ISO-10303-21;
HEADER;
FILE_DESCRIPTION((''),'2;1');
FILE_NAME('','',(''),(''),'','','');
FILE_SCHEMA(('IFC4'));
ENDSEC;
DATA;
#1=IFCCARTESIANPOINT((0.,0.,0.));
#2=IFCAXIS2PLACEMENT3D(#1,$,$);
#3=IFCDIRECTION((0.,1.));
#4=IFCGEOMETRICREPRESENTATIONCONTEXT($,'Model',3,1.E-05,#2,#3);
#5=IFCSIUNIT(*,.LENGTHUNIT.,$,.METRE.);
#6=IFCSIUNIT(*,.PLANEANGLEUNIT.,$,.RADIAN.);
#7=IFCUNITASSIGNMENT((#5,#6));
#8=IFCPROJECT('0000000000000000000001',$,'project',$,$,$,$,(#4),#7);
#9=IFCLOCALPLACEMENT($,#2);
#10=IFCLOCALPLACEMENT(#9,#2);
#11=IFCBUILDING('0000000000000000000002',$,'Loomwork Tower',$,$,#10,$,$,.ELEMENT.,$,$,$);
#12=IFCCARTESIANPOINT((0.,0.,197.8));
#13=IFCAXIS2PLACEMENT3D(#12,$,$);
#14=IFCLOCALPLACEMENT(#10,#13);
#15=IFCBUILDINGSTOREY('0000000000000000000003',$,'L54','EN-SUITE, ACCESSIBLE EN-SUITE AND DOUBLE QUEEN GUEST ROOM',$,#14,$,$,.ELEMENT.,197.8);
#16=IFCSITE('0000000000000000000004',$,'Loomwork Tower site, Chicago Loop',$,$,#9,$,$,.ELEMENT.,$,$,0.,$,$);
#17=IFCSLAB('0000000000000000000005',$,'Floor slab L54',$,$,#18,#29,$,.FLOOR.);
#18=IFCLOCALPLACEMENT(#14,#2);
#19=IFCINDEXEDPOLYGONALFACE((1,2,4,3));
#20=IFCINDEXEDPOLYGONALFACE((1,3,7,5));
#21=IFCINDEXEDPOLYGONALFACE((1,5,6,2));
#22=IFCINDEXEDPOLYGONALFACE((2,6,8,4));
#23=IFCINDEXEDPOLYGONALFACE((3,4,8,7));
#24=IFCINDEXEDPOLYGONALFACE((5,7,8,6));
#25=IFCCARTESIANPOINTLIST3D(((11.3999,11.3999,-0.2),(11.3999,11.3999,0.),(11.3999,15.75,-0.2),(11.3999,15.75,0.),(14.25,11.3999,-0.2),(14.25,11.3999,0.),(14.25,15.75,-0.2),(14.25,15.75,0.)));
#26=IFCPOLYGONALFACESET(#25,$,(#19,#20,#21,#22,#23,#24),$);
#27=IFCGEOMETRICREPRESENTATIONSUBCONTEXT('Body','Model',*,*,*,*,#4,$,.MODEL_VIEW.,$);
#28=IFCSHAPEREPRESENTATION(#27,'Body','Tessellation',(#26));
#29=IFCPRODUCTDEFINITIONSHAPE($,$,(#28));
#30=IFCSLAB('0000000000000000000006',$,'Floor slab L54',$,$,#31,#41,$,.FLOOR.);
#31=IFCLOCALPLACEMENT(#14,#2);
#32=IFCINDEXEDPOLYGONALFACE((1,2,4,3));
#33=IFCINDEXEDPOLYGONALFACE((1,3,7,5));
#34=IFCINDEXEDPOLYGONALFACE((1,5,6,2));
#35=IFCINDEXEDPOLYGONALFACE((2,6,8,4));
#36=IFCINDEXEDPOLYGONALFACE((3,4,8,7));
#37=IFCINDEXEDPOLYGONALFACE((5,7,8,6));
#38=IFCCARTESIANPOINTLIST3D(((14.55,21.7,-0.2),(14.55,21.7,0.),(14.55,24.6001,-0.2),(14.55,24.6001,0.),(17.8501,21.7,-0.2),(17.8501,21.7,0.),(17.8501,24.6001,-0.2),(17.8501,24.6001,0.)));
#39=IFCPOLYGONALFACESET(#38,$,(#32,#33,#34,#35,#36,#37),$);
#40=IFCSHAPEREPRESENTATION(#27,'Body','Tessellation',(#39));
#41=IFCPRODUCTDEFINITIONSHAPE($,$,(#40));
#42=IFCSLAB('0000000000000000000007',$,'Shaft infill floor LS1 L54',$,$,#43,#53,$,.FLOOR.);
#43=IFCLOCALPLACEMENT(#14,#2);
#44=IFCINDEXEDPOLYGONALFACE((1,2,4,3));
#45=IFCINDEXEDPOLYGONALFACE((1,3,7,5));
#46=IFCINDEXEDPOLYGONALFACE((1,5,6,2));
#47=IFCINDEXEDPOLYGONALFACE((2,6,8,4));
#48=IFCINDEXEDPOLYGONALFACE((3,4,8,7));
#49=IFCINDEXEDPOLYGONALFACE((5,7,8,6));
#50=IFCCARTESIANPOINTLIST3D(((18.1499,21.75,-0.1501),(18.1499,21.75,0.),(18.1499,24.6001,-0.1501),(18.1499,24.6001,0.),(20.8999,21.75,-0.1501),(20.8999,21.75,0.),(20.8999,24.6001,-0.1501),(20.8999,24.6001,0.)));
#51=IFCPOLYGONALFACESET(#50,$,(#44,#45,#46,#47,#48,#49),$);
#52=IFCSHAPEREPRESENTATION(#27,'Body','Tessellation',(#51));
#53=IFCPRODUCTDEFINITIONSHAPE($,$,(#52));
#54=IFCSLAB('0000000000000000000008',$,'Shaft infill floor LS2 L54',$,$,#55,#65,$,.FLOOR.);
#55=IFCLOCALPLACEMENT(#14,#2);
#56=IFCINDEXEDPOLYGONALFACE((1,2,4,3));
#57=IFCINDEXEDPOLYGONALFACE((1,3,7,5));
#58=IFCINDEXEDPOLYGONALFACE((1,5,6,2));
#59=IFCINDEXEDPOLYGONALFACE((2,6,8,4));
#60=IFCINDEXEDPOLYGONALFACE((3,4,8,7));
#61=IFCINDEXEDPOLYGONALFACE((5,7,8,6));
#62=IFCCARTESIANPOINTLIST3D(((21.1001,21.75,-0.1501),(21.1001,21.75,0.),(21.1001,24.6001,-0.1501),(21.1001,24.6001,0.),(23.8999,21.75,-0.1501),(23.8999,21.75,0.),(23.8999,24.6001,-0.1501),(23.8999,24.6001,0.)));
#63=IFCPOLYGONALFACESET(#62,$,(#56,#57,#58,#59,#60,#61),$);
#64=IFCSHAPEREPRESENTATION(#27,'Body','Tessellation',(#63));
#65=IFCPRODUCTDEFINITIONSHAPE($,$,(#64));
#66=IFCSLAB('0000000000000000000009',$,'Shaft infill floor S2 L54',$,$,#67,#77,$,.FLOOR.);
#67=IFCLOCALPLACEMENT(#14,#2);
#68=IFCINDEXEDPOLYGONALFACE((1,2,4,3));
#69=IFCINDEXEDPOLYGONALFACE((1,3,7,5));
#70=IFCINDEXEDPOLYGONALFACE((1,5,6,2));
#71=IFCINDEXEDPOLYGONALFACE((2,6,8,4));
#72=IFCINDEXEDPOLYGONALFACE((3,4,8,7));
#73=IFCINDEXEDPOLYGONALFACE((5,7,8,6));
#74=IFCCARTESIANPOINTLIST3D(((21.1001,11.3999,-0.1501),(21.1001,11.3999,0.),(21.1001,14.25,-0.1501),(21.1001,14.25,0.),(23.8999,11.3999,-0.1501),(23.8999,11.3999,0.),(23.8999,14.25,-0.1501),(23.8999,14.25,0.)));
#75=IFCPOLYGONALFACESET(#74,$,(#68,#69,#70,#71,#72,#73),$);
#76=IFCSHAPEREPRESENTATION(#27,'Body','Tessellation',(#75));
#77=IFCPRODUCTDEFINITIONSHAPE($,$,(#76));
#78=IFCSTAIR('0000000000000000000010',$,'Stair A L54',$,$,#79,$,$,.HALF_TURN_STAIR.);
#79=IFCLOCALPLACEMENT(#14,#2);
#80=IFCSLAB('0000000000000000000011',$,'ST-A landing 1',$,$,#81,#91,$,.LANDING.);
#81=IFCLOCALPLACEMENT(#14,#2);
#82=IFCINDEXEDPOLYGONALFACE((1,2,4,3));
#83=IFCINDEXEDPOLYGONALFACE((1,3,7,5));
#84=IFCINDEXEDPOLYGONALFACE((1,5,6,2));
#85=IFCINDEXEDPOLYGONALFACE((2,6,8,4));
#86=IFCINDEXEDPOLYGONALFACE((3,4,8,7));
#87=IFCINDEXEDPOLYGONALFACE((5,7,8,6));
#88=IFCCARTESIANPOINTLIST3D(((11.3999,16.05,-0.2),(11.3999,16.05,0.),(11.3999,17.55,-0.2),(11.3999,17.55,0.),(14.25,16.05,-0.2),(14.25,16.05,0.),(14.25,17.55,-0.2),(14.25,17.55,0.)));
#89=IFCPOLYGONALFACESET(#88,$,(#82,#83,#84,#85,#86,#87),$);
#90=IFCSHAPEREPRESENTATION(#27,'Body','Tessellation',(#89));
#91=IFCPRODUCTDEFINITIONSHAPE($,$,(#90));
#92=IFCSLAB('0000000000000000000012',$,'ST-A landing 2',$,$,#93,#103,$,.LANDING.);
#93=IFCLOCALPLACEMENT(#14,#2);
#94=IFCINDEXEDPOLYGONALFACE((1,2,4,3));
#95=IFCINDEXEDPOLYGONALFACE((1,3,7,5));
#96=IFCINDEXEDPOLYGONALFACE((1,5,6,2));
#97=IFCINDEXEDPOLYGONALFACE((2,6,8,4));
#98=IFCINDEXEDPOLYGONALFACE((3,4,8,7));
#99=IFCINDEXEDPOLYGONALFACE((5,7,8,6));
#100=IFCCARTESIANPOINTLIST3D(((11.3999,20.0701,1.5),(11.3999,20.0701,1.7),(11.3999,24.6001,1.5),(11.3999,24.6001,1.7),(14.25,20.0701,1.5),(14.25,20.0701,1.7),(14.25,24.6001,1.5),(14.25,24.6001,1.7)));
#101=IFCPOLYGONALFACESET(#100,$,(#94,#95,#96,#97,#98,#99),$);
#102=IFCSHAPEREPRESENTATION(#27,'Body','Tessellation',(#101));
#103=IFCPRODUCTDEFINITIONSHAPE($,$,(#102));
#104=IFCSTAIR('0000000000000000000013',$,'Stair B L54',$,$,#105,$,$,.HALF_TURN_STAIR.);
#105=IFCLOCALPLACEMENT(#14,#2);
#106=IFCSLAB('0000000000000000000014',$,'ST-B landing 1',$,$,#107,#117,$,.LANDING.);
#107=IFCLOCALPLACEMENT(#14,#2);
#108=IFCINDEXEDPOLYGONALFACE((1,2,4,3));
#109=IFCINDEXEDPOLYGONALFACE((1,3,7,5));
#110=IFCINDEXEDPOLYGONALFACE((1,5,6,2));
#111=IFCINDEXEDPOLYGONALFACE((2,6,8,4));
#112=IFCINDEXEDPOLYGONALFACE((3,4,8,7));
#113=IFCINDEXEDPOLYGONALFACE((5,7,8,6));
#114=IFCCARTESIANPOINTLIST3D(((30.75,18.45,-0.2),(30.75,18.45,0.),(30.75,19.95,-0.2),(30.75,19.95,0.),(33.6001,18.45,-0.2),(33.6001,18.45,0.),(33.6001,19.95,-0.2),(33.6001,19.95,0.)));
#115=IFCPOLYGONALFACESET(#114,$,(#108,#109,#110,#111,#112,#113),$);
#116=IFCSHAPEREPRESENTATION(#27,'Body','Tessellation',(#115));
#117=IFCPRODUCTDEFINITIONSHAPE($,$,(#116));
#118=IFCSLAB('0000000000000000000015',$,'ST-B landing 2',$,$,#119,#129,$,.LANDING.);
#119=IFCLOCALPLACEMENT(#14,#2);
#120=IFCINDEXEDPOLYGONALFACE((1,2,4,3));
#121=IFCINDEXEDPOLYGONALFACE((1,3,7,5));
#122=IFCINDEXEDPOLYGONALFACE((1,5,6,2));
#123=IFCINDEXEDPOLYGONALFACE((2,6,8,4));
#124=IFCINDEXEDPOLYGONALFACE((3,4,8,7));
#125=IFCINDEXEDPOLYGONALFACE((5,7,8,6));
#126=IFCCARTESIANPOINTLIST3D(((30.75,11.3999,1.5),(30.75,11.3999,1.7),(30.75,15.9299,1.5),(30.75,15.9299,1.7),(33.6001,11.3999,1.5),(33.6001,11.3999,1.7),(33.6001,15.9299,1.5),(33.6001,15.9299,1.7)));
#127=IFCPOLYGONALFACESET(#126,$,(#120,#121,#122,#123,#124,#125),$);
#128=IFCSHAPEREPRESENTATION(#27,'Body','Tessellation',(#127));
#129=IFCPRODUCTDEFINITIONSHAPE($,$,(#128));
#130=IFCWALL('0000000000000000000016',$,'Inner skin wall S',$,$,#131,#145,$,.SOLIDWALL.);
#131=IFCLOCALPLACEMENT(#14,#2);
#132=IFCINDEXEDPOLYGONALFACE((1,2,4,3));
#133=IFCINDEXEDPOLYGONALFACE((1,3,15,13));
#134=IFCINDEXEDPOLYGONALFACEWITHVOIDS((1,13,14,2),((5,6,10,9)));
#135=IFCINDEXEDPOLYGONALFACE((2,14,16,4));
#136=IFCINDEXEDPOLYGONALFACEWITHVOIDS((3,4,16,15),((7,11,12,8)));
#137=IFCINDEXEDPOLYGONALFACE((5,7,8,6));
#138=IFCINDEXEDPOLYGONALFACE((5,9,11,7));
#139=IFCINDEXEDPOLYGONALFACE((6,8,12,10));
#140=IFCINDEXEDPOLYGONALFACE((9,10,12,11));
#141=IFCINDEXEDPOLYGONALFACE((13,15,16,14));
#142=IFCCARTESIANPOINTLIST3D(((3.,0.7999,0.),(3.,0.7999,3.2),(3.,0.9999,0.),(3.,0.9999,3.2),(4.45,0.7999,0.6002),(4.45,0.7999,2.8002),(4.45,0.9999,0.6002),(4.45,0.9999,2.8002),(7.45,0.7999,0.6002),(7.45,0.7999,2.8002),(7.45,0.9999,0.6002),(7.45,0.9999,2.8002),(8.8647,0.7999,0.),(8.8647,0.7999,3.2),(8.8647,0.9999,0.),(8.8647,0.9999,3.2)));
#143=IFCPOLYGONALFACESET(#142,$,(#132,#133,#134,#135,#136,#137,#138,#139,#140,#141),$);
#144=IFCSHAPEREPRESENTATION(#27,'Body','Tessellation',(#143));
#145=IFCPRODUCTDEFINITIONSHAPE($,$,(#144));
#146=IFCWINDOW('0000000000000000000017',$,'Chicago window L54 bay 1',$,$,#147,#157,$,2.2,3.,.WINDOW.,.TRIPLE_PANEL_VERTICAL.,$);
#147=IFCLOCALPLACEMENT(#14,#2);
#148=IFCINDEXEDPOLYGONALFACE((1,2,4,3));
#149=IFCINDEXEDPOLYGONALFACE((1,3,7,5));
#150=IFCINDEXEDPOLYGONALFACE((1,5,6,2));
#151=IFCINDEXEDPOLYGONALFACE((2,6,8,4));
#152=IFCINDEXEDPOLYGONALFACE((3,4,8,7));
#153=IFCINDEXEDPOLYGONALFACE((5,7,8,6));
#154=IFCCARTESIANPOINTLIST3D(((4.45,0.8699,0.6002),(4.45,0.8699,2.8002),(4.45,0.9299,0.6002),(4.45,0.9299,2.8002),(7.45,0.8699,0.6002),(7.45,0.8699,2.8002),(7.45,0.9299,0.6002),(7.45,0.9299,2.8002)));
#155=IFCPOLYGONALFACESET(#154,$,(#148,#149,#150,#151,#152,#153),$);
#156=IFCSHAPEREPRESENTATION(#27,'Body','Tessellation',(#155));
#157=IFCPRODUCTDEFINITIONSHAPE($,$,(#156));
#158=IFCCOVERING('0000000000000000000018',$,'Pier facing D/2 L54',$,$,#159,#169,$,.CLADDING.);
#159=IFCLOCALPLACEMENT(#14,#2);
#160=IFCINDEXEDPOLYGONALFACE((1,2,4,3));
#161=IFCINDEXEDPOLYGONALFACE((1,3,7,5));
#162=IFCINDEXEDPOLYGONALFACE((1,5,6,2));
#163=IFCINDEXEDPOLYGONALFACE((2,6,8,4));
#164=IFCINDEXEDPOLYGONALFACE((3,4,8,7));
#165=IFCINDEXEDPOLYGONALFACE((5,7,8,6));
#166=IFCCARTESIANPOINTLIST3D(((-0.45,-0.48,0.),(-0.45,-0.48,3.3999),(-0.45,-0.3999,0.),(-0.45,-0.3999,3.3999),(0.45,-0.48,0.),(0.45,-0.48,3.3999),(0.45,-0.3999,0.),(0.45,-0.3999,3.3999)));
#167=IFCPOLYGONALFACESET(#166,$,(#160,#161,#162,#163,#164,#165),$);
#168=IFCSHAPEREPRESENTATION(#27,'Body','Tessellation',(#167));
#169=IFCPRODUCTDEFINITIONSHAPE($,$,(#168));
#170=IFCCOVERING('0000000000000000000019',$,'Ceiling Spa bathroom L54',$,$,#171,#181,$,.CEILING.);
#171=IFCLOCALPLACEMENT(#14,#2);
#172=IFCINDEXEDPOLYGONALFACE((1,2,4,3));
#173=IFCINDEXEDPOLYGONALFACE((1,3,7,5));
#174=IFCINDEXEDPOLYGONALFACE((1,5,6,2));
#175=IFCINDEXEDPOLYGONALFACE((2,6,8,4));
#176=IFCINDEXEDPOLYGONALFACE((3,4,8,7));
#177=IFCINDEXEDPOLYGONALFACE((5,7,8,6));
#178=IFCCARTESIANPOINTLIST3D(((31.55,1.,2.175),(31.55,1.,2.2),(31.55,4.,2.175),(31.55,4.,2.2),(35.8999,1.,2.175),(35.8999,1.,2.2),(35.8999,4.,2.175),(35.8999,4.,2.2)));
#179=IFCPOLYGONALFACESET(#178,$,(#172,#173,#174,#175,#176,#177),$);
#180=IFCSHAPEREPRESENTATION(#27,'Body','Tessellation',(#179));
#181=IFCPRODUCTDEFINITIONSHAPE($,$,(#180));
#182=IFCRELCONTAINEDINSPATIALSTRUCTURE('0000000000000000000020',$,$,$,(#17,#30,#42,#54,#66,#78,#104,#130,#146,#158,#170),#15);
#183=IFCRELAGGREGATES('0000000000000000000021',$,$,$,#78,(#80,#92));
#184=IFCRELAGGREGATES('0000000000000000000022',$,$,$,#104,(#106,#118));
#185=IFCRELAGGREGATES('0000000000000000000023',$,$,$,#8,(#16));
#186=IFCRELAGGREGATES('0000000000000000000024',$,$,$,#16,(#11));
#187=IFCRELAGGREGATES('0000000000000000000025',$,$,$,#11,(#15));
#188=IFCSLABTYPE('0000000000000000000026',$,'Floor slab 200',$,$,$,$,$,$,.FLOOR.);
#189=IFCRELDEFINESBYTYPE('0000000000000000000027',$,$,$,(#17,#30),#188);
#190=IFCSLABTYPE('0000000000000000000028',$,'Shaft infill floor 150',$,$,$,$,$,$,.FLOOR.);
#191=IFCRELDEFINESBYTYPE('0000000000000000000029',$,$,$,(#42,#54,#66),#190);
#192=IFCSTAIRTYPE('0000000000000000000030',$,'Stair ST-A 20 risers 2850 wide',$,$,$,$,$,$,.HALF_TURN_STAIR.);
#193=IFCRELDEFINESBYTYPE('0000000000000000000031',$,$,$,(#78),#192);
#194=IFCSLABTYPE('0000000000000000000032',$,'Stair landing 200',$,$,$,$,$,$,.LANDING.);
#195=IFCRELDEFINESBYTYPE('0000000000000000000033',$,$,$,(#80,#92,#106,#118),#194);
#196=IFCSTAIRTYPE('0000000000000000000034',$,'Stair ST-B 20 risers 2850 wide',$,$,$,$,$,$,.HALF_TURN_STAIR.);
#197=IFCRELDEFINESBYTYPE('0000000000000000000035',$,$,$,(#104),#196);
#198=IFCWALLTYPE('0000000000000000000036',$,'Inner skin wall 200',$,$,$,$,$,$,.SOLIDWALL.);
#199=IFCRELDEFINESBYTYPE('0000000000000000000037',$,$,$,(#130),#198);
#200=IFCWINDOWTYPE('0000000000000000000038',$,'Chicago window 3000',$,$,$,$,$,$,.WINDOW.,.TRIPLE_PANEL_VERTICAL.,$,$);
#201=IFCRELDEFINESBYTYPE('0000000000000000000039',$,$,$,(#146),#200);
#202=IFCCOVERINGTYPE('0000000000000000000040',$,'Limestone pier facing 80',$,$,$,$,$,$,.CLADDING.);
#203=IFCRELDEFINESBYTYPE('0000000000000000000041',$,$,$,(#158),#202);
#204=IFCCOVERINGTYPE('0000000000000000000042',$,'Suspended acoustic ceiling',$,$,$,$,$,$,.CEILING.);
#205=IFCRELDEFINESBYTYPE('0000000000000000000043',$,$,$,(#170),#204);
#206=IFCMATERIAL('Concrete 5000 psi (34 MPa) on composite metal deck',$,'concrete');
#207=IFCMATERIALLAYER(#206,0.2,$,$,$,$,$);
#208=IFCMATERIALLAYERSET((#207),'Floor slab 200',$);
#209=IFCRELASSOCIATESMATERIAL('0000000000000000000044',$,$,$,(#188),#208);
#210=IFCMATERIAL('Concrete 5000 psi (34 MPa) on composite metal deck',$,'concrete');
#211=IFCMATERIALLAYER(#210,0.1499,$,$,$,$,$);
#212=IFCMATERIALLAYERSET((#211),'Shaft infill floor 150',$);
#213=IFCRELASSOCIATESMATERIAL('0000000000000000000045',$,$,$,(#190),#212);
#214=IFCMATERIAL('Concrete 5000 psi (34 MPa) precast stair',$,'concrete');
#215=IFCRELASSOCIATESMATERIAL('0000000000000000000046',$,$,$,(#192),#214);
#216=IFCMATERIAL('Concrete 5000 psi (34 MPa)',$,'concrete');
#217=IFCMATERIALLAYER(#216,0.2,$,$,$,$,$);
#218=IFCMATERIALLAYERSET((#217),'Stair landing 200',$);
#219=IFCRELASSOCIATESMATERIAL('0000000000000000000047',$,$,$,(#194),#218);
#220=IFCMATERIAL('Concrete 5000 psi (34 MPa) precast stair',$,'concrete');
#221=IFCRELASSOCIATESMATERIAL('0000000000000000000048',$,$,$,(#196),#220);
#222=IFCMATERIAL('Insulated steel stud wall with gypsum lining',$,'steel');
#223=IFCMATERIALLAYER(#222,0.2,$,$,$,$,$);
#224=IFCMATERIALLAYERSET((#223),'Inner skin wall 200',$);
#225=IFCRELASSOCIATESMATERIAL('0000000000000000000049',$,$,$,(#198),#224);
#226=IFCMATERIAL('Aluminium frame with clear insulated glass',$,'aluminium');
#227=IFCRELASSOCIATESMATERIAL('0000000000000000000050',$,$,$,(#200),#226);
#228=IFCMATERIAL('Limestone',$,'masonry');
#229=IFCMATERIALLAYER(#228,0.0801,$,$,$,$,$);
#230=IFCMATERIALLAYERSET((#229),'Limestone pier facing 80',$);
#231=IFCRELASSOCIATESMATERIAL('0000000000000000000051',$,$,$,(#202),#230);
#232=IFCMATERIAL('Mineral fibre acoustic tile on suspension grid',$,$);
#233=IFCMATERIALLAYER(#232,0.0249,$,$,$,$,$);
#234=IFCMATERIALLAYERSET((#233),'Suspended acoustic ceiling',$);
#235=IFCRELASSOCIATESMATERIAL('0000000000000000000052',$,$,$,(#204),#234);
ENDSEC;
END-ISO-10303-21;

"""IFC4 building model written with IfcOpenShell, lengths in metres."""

from ifc_helpers import new_model, si_unit, direction, frame, frame_2d, origin, origin_2d, place, context, subcontext, project, spatial, polyline, rectangle, outline, extrude, material, layer, layer_set, type_object, element, fill, aggregate, save


model = new_model("IFC4")

# Units and contexts
model_context = context("Model", 3, precision=1e-05, world=origin(), true_north=direction((0.0, 1.0)))
body_context = subcontext(model_context, "Body", "Model", "MODEL_VIEW")
ifc_project = project(units=[si_unit("LENGTHUNIT", "METRE"), si_unit("PLANEANGLEUNIT", "RADIAN")], contexts=[model_context])

# Site, building, storey
site_placement = place(None, origin())
site = spatial("IfcSite", under=ifc_project, at=site_placement, Name="Loomwork Tower site, Chicago Loop", CompositionType="ELEMENT", RefElevation=0.0)
building_placement = place(site_placement, origin())
building = spatial("IfcBuilding", under=site, at=building_placement, Name="Loomwork Tower", CompositionType="ELEMENT")
storey_placement = place(building_placement, frame((0.0, 0.0, 197.8)))
storey = spatial("IfcBuildingStorey", under=building, at=storey_placement, Name="L54", Description="EN-SUITE, ACCESSIBLE EN-SUITE AND DOUBLE QUEEN GUEST ROOM", CompositionType="ELEMENT", Elevation=197.8)

# Slabs
ifc_material_1 = material(Name="Concrete 5000 psi (34 MPa) on composite metal deck", Category="concrete")
ifc_layer_1 = layer(ifc_material_1, 0.2)
ifc_layer_set_1 = layer_set([ifc_layer_1], Name="Floor slab 200")
slab_type_1 = type_object("IfcSlabType", Name="Floor slab 200", PredefinedType="FLOOR", material=ifc_layer_set_1)
slab_1_placement = place(storey_placement, frame((0.0, 0.0, -0.2)))
element("IfcSlab", 1, at=slab_1_placement, inside=storey, type_object=slab_type_1, Name="Floor slab L54", PredefinedType="FLOOR", context=body_context, shape_type="SweptSolid", body=[
    extrude(outline(polyline([(14.25, 15.75), (14.25, 11.3999), (11.3999, 11.3999), (11.3999, 15.75), (14.25, 15.75)])), origin(), (0.0, 0.0, 1.0), 0.2),
])
slab_2_placement = place(storey_placement, frame((0.0, 0.0, -0.2)))
element("IfcSlab", 2, at=slab_2_placement, inside=storey, type_object=slab_type_1, Name="Floor slab L54", PredefinedType="FLOOR", context=body_context, shape_type="SweptSolid", body=[
    extrude(outline(polyline([(14.55, 21.7), (14.55, 24.6001), (17.8501, 24.6001), (17.8501, 21.7), (14.55, 21.7)])), origin(), (0.0, 0.0, 1.0), 0.2),
])
ifc_material_2 = material(Name="Concrete 5000 psi (34 MPa) on composite metal deck", Category="concrete")
ifc_layer_2 = layer(ifc_material_2, 0.1499)
ifc_layer_set_2 = layer_set([ifc_layer_2], Name="Shaft infill floor 150")
slab_type_2 = type_object("IfcSlabType", Name="Shaft infill floor 150", PredefinedType="FLOOR", material=ifc_layer_set_2)
slab_3_placement = place(storey_placement, frame((0.0, 0.0, -0.1501)))
element("IfcSlab", 3, at=slab_3_placement, inside=storey, type_object=slab_type_2, Name="Shaft infill floor LS1 L54", PredefinedType="FLOOR", context=body_context, shape_type="SweptSolid", body=[
    extrude(outline(polyline([(18.1499, 21.75), (20.8999, 21.75), (20.8999, 24.6001), (18.1499, 24.6001), (18.1499, 21.75)])), origin(), (0.0, 0.0, 1.0), 0.1501),
])
slab_4_placement = place(storey_placement, frame((0.0, 0.0, -0.1501)))
element("IfcSlab", 4, at=slab_4_placement, inside=storey, type_object=slab_type_2, Name="Shaft infill floor LS2 L54", PredefinedType="FLOOR", context=body_context, shape_type="SweptSolid", body=[
    extrude(outline(polyline([(21.1001, 21.75), (23.8999, 21.75), (23.8999, 24.6001), (21.1001, 24.6001), (21.1001, 21.75)])), origin(), (0.0, 0.0, 1.0), 0.1501),
])
slab_5_placement = place(storey_placement, frame((0.0, 0.0, -0.1501)))
element("IfcSlab", 5, at=slab_5_placement, inside=storey, type_object=slab_type_2, Name="Shaft infill floor S2 L54", PredefinedType="FLOOR", context=body_context, shape_type="SweptSolid", body=[
    extrude(outline(polyline([(21.1001, 11.3999), (23.8999, 11.3999), (23.8999, 14.25), (21.1001, 14.25), (21.1001, 11.3999)])), origin(), (0.0, 0.0, 1.0), 0.1501),
])

# Stairs, slabs
ifc_material_3 = material(Name="Concrete 5000 psi (34 MPa) precast stair", Category="concrete")
stair_type_1 = type_object("IfcStairType", Name="Stair ST-A 20 risers 2850 wide", PredefinedType="HALF_TURN_STAIR", material=ifc_material_3)
stair_1_placement = place(storey_placement, origin())
stair_1 = element("IfcStair", 6, at=stair_1_placement, inside=storey, type_object=stair_type_1, Name="Stair A L54", PredefinedType="HALF_TURN_STAIR")
ifc_material_4 = material(Name="Concrete 5000 psi (34 MPa)", Category="concrete")
ifc_layer_3 = layer(ifc_material_4, 0.2)
ifc_layer_set_3 = layer_set([ifc_layer_3], Name="Stair landing 200")
slab_type_3 = type_object("IfcSlabType", Name="Stair landing 200", PredefinedType="LANDING", material=ifc_layer_set_3)
slab_6_placement = place(storey_placement, frame((0.0, 0.0, -0.2)))
slab_6 = element("IfcSlab", 7, at=slab_6_placement, type_object=slab_type_3, Name="ST-A landing 1", PredefinedType="LANDING", context=body_context, shape_type="SweptSolid", body=[
    extrude(outline(polyline([(11.3999, 16.05), (14.25, 16.05), (14.25, 17.55), (11.3999, 17.55), (11.3999, 16.05)])), origin(), (0.0, 0.0, 1.0), 0.2),
])
slab_7_placement = place(storey_placement, frame((0.0, 0.0, 1.5)))
slab_7 = element("IfcSlab", 8, at=slab_7_placement, type_object=slab_type_3, Name="ST-A landing 2", PredefinedType="LANDING", context=body_context, shape_type="SweptSolid", body=[
    extrude(outline(polyline([(11.3999, 20.0701), (14.25, 20.0701), (14.25, 24.6001), (11.3999, 24.6001), (11.3999, 20.0701)])), origin(), (0.0, 0.0, 1.0), 0.2),
])
aggregate(stair_1, [slab_6, slab_7])
ifc_material_5 = material(Name="Concrete 5000 psi (34 MPa) precast stair", Category="concrete")
stair_type_2 = type_object("IfcStairType", Name="Stair ST-B 20 risers 2850 wide", PredefinedType="HALF_TURN_STAIR", material=ifc_material_5)
stair_2_placement = place(storey_placement, origin())
stair_2 = element("IfcStair", 9, at=stair_2_placement, inside=storey, type_object=stair_type_2, Name="Stair B L54", PredefinedType="HALF_TURN_STAIR")
slab_8_placement = place(storey_placement, frame((0.0, 0.0, -0.2)))
slab_8 = element("IfcSlab", 10, at=slab_8_placement, type_object=slab_type_3, Name="ST-B landing 1", PredefinedType="LANDING", context=body_context, shape_type="SweptSolid", body=[
    extrude(outline(polyline([(30.75, 18.45), (33.6001, 18.45), (33.6001, 19.95), (30.75, 19.95), (30.75, 18.45)])), origin(), (0.0, 0.0, 1.0), 0.2),
])
slab_9_placement = place(storey_placement, frame((0.0, 0.0, 1.5)))
slab_9 = element("IfcSlab", 11, at=slab_9_placement, type_object=slab_type_3, Name="ST-B landing 2", PredefinedType="LANDING", context=body_context, shape_type="SweptSolid", body=[
    extrude(outline(polyline([(30.75, 11.3999), (33.6001, 11.3999), (33.6001, 15.9299), (30.75, 15.9299), (30.75, 11.3999)])), origin(), (0.0, 0.0, 1.0), 0.2),
])
aggregate(stair_2, [slab_8, slab_9])

# Wall, opening, window
ifc_material_6 = material(Name="Insulated steel stud wall with gypsum lining", Category="steel")
ifc_layer_4 = layer(ifc_material_6, 0.2)
ifc_layer_set_4 = layer_set([ifc_layer_4], Name="Inner skin wall 200")
wall_type = type_object("IfcWallType", Name="Inner skin wall 200", PredefinedType="SOLIDWALL", material=ifc_layer_set_4)
wall_placement = place(storey_placement, frame((3.0, 0.8999, 0.0), z_axis=(0.0, 0.0, 1.0), x_axis=(1.0, 0.0, 0.0)))
wall = element("IfcWall", 12, at=wall_placement, inside=storey, type_object=wall_type, Name="Inner skin wall S", PredefinedType="SOLIDWALL", context=body_context, shape_type="SweptSolid", body=[
    extrude(rectangle(XDim=5.8647, YDim=0.2, at=frame_2d((2.9324, 0.0))), origin(), (0.0, 0.0, 1.0), 3.2),
])
opening_placement = place(wall_placement, frame((1.45, 0.0, 0.6001)))
opening = element("IfcOpeningElement", 13, at=opening_placement, cuts=wall, PredefinedType="OPENING", context=body_context, shape_type="SweptSolid", body=[
    extrude(rectangle(XDim=3.0, YDim=2.2, at=frame_2d((1.5, 1.1001))), frame((0.0, 0.1099, 0.0), z_axis=(0.0, -1.0, 0.0), x_axis=(1.0, 0.0, 0.0)), (0.0, 0.0, 1.0), 0.22),
])
ifc_material_7 = material(Name="Aluminium frame with clear insulated glass", Category="aluminium")
window_type = type_object("IfcWindowType", Name="Chicago window 3000", PartitioningType="TRIPLE_PANEL_VERTICAL", PredefinedType="WINDOW", material=ifc_material_7)
window_placement = place(opening_placement, origin())
window = element("IfcWindow", 14, at=window_placement, inside=storey, type_object=window_type, Name="Chicago window L54 bay 1", OverallHeight=2.2, OverallWidth=3.0, PartitioningType="TRIPLE_PANEL_VERTICAL", PredefinedType="WINDOW", context=body_context, shape_type="SweptSolid", body=[
    extrude(rectangle(XDim=3.0, YDim=2.2, at=frame_2d((1.5, 1.1001))), frame((0.0, 0.03, 0.0), z_axis=(0.0, -1.0, 0.0), x_axis=(1.0, 0.0, 0.0)), (0.0, 0.0, 1.0), 0.0601),
])
fill(opening, window)

# Coverings
ifc_material_8 = material(Name="Limestone", Category="masonry")
ifc_layer_5 = layer(ifc_material_8, 0.0801)
ifc_layer_set_5 = layer_set([ifc_layer_5], Name="Limestone pier facing 80")
covering_type_1 = type_object("IfcCoveringType", Name="Limestone pier facing 80", PredefinedType="CLADDING", material=ifc_layer_set_5)
covering_1_placement = place(storey_placement, frame((0.0, -0.4399, 0.0), z_axis=(0.0, 0.0, 1.0), x_axis=(1.0, 0.0, 0.0)))
element("IfcCovering", 15, at=covering_1_placement, inside=storey, type_object=covering_type_1, Name="Pier facing D/2 L54", PredefinedType="CLADDING", context=body_context, shape_type="SweptSolid", body=[
    extrude(rectangle(XDim=0.8999, YDim=0.0801, at=origin_2d()), origin(), (0.0, 0.0, 1.0), 3.3999),
])
ifc_material_9 = material(Name="Mineral fibre acoustic tile on suspension grid")
ifc_layer_6 = layer(ifc_material_9, 0.0249)
ifc_layer_set_6 = layer_set([ifc_layer_6], Name="Suspended acoustic ceiling")
covering_type_2 = type_object("IfcCoveringType", Name="Suspended acoustic ceiling", PredefinedType="CEILING", material=ifc_layer_set_6)
covering_2_placement = place(storey_placement, frame((0.0, 0.0, 2.175)))
element("IfcCovering", 16, at=covering_2_placement, inside=storey, type_object=covering_type_2, Name="Ceiling Spa bathroom L54", PredefinedType="CEILING", context=body_context, shape_type="SweptSolid", body=[
    extrude(outline(polyline([(35.8999, 4.0), (35.8999, 1.0), (31.55, 1.0), (31.55, 4.0), (35.8999, 4.0)])), origin(), (0.0, 0.0, 1.0), 0.0249),
])

save(model, "model.ifc")
